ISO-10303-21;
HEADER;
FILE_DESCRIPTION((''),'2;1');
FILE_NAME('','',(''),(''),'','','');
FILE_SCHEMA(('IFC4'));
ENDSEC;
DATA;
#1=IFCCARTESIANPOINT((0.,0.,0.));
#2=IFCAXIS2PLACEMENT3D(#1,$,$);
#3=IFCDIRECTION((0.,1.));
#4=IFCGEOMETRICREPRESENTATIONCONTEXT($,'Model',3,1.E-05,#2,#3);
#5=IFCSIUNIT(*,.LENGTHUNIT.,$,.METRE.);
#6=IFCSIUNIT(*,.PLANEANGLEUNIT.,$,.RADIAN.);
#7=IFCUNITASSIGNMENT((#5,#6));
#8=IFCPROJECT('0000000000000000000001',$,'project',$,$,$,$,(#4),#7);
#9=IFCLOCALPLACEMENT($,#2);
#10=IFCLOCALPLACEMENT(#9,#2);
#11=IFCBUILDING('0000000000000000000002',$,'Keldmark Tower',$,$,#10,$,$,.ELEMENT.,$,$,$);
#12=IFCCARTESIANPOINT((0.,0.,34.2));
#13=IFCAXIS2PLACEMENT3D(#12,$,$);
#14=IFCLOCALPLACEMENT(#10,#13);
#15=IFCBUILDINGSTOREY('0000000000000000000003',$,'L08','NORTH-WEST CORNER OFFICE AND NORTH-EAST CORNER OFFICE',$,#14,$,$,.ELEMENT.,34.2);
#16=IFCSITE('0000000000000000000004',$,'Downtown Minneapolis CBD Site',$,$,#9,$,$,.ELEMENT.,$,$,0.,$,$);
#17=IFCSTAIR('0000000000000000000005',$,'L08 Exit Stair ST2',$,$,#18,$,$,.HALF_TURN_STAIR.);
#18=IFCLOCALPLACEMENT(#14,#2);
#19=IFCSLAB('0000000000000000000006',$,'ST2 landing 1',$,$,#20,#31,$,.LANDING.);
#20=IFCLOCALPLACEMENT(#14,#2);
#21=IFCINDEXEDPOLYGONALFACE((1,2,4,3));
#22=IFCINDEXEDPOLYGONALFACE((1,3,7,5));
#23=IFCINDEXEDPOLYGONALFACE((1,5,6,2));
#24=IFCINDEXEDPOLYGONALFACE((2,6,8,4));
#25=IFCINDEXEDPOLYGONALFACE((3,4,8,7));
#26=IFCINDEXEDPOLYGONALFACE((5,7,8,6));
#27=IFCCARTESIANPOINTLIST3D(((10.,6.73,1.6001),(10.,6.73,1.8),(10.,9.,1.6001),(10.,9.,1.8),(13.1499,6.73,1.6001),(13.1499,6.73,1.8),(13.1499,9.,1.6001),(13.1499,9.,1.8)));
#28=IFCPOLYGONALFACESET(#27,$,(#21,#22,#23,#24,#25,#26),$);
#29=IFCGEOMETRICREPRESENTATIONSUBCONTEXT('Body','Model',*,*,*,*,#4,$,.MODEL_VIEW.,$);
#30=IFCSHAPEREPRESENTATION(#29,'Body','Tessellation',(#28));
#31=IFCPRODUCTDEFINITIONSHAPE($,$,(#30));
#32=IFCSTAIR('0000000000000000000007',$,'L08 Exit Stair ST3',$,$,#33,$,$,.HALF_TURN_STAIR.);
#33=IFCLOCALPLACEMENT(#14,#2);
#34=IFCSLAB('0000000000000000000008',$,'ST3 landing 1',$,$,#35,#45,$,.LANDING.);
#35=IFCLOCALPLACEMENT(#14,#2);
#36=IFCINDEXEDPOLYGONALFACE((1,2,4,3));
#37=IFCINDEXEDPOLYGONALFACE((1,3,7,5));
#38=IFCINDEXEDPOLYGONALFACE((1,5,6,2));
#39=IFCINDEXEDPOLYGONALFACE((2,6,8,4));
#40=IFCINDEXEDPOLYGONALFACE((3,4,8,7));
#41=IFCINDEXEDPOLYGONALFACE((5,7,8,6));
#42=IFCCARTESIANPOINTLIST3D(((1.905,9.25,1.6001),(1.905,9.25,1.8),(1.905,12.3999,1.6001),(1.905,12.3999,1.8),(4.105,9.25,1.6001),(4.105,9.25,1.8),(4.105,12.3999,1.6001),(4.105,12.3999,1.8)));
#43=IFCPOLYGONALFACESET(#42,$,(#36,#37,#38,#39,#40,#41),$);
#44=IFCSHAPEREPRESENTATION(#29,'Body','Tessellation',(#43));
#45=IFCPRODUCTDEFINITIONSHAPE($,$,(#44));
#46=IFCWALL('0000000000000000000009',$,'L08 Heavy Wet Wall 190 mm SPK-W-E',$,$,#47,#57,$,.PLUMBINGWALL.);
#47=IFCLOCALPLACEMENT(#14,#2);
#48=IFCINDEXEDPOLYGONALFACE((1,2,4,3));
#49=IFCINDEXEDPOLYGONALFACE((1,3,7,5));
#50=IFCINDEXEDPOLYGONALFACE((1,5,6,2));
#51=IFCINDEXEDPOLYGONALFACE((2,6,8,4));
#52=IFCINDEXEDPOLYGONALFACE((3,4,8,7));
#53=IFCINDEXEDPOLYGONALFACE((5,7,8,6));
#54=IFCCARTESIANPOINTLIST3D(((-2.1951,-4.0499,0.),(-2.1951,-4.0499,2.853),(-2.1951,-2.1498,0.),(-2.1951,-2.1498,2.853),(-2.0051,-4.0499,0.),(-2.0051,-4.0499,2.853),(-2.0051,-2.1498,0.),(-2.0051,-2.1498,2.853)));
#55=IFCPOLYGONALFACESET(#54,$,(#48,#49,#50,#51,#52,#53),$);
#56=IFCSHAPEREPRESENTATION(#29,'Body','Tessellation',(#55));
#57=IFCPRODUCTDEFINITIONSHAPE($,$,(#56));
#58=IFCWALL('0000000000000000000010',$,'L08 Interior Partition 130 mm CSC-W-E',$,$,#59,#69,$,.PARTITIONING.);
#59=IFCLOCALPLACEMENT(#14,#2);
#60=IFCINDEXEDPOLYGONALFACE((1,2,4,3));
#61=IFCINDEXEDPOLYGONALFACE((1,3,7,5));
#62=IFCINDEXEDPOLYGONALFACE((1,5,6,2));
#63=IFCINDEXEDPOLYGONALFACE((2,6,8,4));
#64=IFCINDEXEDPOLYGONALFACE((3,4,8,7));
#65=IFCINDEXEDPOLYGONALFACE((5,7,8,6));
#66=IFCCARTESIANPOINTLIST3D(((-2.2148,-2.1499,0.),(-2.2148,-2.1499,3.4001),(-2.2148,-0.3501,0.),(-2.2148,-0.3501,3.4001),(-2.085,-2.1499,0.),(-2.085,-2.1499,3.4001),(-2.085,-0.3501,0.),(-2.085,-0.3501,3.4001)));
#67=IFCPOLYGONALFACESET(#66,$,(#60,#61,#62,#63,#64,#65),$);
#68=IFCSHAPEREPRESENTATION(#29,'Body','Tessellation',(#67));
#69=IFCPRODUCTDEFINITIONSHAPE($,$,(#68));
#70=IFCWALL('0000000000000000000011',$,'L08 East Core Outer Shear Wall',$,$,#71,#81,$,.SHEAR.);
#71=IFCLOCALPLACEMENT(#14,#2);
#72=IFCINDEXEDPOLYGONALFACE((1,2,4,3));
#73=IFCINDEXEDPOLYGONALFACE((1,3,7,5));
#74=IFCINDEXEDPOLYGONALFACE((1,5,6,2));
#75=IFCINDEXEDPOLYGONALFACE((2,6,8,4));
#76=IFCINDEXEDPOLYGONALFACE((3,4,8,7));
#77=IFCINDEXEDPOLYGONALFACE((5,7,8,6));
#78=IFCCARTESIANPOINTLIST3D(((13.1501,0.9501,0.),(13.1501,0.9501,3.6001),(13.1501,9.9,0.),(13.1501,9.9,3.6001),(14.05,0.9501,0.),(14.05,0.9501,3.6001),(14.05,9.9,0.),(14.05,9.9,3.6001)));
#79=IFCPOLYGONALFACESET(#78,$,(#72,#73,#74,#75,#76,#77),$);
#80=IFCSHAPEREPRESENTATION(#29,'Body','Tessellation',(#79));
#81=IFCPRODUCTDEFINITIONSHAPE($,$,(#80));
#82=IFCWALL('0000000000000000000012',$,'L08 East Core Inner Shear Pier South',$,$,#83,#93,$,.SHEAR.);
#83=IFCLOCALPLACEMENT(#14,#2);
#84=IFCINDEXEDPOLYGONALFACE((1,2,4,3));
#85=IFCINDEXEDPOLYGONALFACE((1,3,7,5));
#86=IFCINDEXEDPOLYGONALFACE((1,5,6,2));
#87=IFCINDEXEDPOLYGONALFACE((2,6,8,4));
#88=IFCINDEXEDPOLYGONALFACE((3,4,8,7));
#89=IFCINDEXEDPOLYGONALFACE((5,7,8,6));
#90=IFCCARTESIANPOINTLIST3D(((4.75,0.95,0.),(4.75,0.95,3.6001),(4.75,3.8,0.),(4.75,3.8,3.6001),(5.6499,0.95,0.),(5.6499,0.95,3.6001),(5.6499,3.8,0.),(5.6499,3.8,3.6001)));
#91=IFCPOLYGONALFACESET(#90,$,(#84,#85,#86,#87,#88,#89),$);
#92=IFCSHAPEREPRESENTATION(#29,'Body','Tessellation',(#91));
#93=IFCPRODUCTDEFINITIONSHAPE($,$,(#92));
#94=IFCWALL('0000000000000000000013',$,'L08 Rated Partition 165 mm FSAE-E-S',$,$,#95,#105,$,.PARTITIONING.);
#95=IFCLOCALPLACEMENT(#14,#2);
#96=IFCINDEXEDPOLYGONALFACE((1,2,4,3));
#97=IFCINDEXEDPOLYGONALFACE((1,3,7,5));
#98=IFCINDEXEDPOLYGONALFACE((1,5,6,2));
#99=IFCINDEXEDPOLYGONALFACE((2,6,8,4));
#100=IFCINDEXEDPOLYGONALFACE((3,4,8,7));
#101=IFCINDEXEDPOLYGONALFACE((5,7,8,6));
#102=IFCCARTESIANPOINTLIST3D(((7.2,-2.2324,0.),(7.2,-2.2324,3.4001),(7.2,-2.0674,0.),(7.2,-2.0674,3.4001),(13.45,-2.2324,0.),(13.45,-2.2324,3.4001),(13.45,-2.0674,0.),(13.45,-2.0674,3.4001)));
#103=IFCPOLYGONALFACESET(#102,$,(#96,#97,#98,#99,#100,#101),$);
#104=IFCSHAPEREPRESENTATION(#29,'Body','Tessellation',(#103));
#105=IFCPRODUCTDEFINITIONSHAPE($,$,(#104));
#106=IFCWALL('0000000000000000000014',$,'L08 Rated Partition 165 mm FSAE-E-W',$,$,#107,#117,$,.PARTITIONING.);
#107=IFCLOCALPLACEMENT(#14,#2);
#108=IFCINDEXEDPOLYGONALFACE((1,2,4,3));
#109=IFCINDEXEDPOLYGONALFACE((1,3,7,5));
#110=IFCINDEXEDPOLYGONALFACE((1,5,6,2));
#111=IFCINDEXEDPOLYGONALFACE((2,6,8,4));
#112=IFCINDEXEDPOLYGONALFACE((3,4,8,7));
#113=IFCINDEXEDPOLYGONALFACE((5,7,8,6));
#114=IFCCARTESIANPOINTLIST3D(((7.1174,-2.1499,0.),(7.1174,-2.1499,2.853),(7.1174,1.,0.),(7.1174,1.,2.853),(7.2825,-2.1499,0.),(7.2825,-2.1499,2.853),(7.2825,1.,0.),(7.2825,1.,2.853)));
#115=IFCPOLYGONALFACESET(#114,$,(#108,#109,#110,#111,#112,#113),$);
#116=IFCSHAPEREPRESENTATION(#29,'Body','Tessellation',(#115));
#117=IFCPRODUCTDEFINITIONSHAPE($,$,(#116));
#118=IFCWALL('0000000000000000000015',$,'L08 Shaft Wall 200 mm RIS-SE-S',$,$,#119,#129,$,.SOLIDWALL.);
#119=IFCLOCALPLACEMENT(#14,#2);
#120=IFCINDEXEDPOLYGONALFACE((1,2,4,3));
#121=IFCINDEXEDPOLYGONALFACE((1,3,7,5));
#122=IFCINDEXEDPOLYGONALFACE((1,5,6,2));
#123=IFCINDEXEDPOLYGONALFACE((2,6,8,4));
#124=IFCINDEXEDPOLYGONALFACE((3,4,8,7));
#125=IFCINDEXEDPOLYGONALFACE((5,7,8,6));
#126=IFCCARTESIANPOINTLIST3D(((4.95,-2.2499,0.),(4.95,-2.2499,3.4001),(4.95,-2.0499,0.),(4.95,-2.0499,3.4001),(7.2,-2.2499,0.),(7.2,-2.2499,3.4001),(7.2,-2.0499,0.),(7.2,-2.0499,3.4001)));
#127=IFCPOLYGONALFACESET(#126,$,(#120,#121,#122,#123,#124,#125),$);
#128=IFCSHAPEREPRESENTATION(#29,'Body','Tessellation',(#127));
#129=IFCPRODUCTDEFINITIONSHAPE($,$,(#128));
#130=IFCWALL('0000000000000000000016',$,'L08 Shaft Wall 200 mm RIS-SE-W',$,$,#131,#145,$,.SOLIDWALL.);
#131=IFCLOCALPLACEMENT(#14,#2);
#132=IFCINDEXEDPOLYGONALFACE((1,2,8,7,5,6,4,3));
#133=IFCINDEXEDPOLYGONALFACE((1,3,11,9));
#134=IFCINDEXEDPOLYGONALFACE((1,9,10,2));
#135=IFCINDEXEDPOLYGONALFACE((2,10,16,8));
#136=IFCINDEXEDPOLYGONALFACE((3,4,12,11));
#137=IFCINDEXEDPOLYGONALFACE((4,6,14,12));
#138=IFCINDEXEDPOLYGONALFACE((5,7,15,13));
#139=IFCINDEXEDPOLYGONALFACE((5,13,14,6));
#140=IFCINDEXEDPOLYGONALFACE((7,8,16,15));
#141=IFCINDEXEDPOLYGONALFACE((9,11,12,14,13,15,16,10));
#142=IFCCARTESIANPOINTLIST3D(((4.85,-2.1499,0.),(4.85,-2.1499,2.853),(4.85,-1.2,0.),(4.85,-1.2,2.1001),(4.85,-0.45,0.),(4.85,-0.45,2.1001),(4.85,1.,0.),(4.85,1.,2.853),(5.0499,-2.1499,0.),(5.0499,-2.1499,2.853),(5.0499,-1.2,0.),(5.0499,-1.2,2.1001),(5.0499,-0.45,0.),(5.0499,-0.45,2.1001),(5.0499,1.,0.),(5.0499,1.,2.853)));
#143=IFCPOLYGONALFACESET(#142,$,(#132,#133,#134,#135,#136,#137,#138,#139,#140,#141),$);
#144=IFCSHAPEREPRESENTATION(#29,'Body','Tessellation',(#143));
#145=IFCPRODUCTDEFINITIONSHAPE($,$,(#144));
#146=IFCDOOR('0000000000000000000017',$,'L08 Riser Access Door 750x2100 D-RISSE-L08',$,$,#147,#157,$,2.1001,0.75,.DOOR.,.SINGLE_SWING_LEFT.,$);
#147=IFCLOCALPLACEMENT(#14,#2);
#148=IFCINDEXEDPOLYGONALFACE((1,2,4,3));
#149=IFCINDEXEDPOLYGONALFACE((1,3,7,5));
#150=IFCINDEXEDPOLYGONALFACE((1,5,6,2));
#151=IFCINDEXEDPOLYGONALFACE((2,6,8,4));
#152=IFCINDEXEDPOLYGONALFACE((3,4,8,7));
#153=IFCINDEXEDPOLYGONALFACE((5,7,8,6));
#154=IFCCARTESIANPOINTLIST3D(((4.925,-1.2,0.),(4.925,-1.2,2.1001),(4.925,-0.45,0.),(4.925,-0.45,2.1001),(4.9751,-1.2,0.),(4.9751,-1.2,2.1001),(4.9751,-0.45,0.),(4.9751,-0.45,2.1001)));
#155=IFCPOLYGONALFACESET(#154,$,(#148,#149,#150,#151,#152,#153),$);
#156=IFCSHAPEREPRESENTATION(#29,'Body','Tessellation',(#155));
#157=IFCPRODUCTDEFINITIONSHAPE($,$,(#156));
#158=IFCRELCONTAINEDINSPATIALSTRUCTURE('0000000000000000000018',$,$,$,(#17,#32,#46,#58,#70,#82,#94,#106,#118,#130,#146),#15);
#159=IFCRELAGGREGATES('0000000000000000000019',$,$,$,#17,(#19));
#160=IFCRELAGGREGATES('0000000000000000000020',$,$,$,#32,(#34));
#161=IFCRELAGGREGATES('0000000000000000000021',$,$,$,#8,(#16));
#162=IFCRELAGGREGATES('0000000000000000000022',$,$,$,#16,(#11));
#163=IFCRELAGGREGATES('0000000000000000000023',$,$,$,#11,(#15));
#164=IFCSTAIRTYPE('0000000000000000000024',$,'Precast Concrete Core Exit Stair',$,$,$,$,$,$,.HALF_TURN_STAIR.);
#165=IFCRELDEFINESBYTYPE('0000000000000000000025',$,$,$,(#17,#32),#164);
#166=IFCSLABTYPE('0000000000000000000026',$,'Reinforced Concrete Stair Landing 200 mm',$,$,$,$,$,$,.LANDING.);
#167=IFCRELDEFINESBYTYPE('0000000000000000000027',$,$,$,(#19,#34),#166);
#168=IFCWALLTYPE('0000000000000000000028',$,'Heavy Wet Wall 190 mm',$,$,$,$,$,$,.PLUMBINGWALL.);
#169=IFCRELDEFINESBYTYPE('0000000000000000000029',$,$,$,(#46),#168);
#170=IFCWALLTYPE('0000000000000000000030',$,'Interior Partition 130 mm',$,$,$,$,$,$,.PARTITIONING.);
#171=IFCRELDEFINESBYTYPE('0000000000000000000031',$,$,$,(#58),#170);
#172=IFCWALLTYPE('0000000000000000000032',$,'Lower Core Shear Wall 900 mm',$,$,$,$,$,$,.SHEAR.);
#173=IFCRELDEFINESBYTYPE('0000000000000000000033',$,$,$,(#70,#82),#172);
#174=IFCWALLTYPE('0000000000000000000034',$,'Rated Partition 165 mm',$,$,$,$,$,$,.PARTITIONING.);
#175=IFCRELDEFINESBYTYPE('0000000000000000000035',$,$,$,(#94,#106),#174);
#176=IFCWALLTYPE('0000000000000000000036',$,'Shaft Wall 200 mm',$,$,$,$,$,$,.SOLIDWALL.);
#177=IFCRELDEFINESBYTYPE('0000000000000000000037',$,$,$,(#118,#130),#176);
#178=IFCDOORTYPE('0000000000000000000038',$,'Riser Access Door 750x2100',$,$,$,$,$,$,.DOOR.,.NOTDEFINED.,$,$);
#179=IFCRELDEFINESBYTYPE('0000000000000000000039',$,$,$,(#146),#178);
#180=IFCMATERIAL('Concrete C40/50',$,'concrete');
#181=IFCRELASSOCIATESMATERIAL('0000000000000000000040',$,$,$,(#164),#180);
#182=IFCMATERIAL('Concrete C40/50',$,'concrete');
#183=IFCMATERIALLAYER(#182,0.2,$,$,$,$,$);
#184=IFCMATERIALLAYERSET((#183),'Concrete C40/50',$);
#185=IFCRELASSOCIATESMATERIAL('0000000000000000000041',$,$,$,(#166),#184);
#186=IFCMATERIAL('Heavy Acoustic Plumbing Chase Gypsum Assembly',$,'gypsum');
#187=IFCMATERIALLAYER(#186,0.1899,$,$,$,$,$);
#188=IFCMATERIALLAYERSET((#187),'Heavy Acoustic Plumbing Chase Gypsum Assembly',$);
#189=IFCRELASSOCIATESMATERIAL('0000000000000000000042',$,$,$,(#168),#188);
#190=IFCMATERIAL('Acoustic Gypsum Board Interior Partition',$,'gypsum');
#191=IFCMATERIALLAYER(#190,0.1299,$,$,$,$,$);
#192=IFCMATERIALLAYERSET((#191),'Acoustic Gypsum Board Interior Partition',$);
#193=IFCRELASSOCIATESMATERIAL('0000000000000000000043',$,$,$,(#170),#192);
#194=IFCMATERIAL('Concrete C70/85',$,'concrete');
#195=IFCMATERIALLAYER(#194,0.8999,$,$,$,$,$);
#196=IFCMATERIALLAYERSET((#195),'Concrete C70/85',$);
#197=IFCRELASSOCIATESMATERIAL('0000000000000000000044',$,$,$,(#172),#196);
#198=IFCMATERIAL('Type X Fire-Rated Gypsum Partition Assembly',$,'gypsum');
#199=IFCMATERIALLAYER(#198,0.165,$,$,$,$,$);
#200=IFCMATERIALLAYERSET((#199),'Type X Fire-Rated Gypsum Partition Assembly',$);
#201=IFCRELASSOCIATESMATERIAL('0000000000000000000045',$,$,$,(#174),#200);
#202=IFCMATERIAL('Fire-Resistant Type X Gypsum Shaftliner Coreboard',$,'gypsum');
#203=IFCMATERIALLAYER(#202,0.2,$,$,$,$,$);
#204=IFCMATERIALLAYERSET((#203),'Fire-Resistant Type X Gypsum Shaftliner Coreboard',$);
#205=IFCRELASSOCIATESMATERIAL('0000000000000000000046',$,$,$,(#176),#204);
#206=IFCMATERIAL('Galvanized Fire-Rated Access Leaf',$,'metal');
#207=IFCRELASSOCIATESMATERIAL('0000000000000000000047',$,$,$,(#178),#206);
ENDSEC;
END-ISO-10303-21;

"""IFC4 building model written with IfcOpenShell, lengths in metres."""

from ifc_helpers import new_model, si_unit, direction, frame, frame_2d, origin, place, context, subcontext, project, spatial, polyline, rectangle, outline, extrude, material, layer, layer_set, type_object, element, fill, aggregate, save


model = new_model("IFC4")

# Units and contexts
model_context = context("Model", 3, precision=1e-05, world=origin(), true_north=direction((0.0, 1.0)))
body_context = subcontext(model_context, "Body", "Model", "MODEL_VIEW")
ifc_project = project(units=[si_unit("LENGTHUNIT", "METRE"), si_unit("PLANEANGLEUNIT", "RADIAN")], contexts=[model_context])

# Site, building, storey
site_placement = place(None, origin())
site = spatial("IfcSite", under=ifc_project, at=site_placement, Name="Downtown Minneapolis CBD Site", CompositionType="ELEMENT", RefElevation=0.0)
building_placement = place(site_placement, origin())
building = spatial("IfcBuilding", under=site, at=building_placement, Name="Keldmark Tower", CompositionType="ELEMENT")
storey_placement = place(building_placement, frame((0.0, 0.0, 34.2)))
storey = spatial("IfcBuildingStorey", under=building, at=storey_placement, Name="L08", Description="NORTH-WEST CORNER OFFICE AND NORTH-EAST CORNER OFFICE", CompositionType="ELEMENT", Elevation=34.2)

# Stairs, slabs
ifc_material_1 = material(Name="Concrete C40/50", Category="concrete")
stair_type = type_object("IfcStairType", Name="Precast Concrete Core Exit Stair", PredefinedType="HALF_TURN_STAIR", material=ifc_material_1)
ifc_material_2 = material(Name="Concrete C40/50", Category="concrete")
ifc_layer_1 = layer(ifc_material_2, 0.2)
ifc_layer_set_1 = layer_set([ifc_layer_1], Name="Concrete C40/50")
slab_type_1 = type_object("IfcSlabType", Name="Reinforced Concrete Stair Landing 200 mm", PredefinedType="LANDING", material=ifc_layer_set_1)
stair_1_placement = place(storey_placement, origin())
stair_1 = element("IfcStair", 1, at=stair_1_placement, inside=storey, type_object=stair_type, Name="L08 Exit Stair ST2", PredefinedType="HALF_TURN_STAIR")
slab_1_placement = place(storey_placement, frame((0.0, 0.0, 1.6001)))
slab_1 = element("IfcSlab", 2, at=slab_1_placement, type_object=slab_type_1, Name="ST2 landing 1", PredefinedType="LANDING", context=body_context, shape_type="SweptSolid", body=[
    extrude(outline(polyline([(13.1499, 6.73), (13.1499, 9.0), (10.0, 9.0), (10.0, 6.73), (13.1499, 6.73)])), origin(), (0.0, 0.0, 1.0), 0.2),
])
aggregate(stair_1, [slab_1])
stair_2_placement = place(storey_placement, origin())
stair_2 = element("IfcStair", 3, at=stair_2_placement, inside=storey, type_object=stair_type, Name="L08 Exit Stair ST3", PredefinedType="HALF_TURN_STAIR")
slab_2_placement = place(storey_placement, frame((0.0, 0.0, 1.6001)))
slab_2 = element("IfcSlab", 4, at=slab_2_placement, type_object=slab_type_1, Name="ST3 landing 1", PredefinedType="LANDING", context=body_context, shape_type="SweptSolid", body=[
    extrude(outline(polyline([(1.905, 9.25), (4.105, 9.25), (4.105, 12.3999), (1.905, 12.3999), (1.905, 9.25)])), origin(), (0.0, 0.0, 1.0), 0.2),
])
aggregate(stair_2, [slab_2])

# Walls
ifc_material_3 = material(Name="Heavy Acoustic Plumbing Chase Gypsum Assembly", Category="gypsum")
ifc_layer_2 = layer(ifc_material_3, 0.1899)
ifc_layer_set_2 = layer_set([ifc_layer_2], Name="Heavy Acoustic Plumbing Chase Gypsum Assembly")
wall_type_1 = type_object("IfcWallType", Name="Heavy Wet Wall 190 mm", PredefinedType="PLUMBINGWALL", material=ifc_layer_set_2)
wall_1_placement = place(storey_placement, frame((-2.1001, -4.05, 0.0), z_axis=(0.0, 0.0, 1.0), x_axis=(0.0, 1.0, 0.0)))
element("IfcWall", 5, at=wall_1_placement, inside=storey, type_object=wall_type_1, Name="L08 Heavy Wet Wall 190 mm SPK-W-E", PredefinedType="PLUMBINGWALL", context=body_context, shape_type="SweptSolid", body=[
    extrude(rectangle(XDim=1.9001, YDim=0.1899, at=frame_2d((0.9502, 0.0))), origin(), (0.0, 0.0, 1.0), 2.853),
])
ifc_material_4 = material(Name="Acoustic Gypsum Board Interior Partition", Category="gypsum")
ifc_layer_3 = layer(ifc_material_4, 0.1299)
ifc_layer_set_3 = layer_set([ifc_layer_3], Name="Acoustic Gypsum Board Interior Partition")
wall_type_2 = type_object("IfcWallType", Name="Interior Partition 130 mm", PredefinedType="PARTITIONING", material=ifc_layer_set_3)
wall_2_placement = place(storey_placement, frame((-2.1499, -2.1499, 0.0), z_axis=(0.0, 0.0, 1.0), x_axis=(0.0, 1.0, 0.0)))
element("IfcWall", 6, at=wall_2_placement, inside=storey, type_object=wall_type_2, Name="L08 Interior Partition 130 mm CSC-W-E", PredefinedType="PARTITIONING", context=body_context, shape_type="SweptSolid", body=[
    extrude(rectangle(XDim=1.7998, YDim=0.1299, at=frame_2d((0.8999, 0.0))), origin(), (0.0, 0.0, 1.0), 3.4001),
])
ifc_material_5 = material(Name="Concrete C70/85", Category="concrete")
ifc_layer_4 = layer(ifc_material_5, 0.8999)
ifc_layer_set_4 = layer_set([ifc_layer_4], Name="Concrete C70/85")
wall_type_3 = type_object("IfcWallType", Name="Lower Core Shear Wall 900 mm", PredefinedType="SHEAR", material=ifc_layer_set_4)
wall_3_placement = place(storey_placement, frame((13.6001, 0.95, 0.0), z_axis=(0.0, 0.0, 1.0), x_axis=(0.0, 1.0, 0.0)))
element("IfcWall", 7, at=wall_3_placement, inside=storey, type_object=wall_type_3, Name="L08 East Core Outer Shear Wall", PredefinedType="SHEAR", context=body_context, shape_type="SweptSolid", body=[
    extrude(rectangle(XDim=8.95, YDim=0.8999, at=frame_2d((4.4751, 0.0))), origin(), (0.0, 0.0, 1.0), 3.6001),
])
wall_4_placement = place(storey_placement, frame((5.2, 0.95, 0.0), z_axis=(0.0, 0.0, 1.0), x_axis=(0.0, 1.0, 0.0)))
element("IfcWall", 8, at=wall_4_placement, inside=storey, type_object=wall_type_3, Name="L08 East Core Inner Shear Pier South", PredefinedType="SHEAR", context=body_context, shape_type="SweptSolid", body=[
    extrude(rectangle(XDim=2.8501, YDim=0.8999, at=frame_2d((1.425, 0.0))), origin(), (0.0, 0.0, 1.0), 3.6001),
])
ifc_material_6 = material(Name="Type X Fire-Rated Gypsum Partition Assembly", Category="gypsum")
ifc_layer_5 = layer(ifc_material_6, 0.165)
ifc_layer_set_5 = layer_set([ifc_layer_5], Name="Type X Fire-Rated Gypsum Partition Assembly")
wall_type_4 = type_object("IfcWallType", Name="Rated Partition 165 mm", PredefinedType="PARTITIONING", material=ifc_layer_set_5)
wall_5_placement = place(storey_placement, frame((7.2, -2.1499, 0.0), z_axis=(0.0, 0.0, 1.0), x_axis=(1.0, 0.0, 0.0)))
element("IfcWall", 9, at=wall_5_placement, inside=storey, type_object=wall_type_4, Name="L08 Rated Partition 165 mm FSAE-E-S", PredefinedType="PARTITIONING", context=body_context, shape_type="SweptSolid", body=[
    extrude(rectangle(XDim=6.25, YDim=0.165, at=frame_2d((3.125, 0.0))), origin(), (0.0, 0.0, 1.0), 3.4001),
])
wall_6_placement = place(storey_placement, frame((7.2, -2.1499, 0.0), z_axis=(0.0, 0.0, 1.0), x_axis=(0.0, 1.0, 0.0)))
element("IfcWall", 10, at=wall_6_placement, inside=storey, type_object=wall_type_4, Name="L08 Rated Partition 165 mm FSAE-E-W", PredefinedType="PARTITIONING", context=body_context, shape_type="SweptSolid", body=[
    extrude(rectangle(XDim=3.1499, YDim=0.165, at=frame_2d((1.575, 0.0))), origin(), (0.0, 0.0, 1.0), 2.853),
])

# Wall
ifc_material_7 = material(Name="Fire-Resistant Type X Gypsum Shaftliner Coreboard", Category="gypsum")
ifc_layer_6 = layer(ifc_material_7, 0.2)
ifc_layer_set_6 = layer_set([ifc_layer_6], Name="Fire-Resistant Type X Gypsum Shaftliner Coreboard")
wall_type_5 = type_object("IfcWallType", Name="Shaft Wall 200 mm", PredefinedType="SOLIDWALL", material=ifc_layer_set_6)
wall_7_placement = place(storey_placement, frame((4.95, -2.1499, 0.0), z_axis=(0.0, 0.0, 1.0), x_axis=(1.0, 0.0, 0.0)))
element("IfcWall", 11, at=wall_7_placement, inside=storey, type_object=wall_type_5, Name="L08 Shaft Wall 200 mm RIS-SE-S", PredefinedType="SOLIDWALL", context=body_context, shape_type="SweptSolid", body=[
    extrude(rectangle(XDim=2.25, YDim=0.2, at=frame_2d((1.125, 0.0))), origin(), (0.0, 0.0, 1.0), 3.4001),
])

# Wall, opening, door
wall_8_placement = place(storey_placement, frame((4.95, -2.1499, 0.0), z_axis=(0.0, 0.0, 1.0), x_axis=(0.0, 1.0, 0.0)))
wall_8 = element("IfcWall", 12, at=wall_8_placement, inside=storey, type_object=wall_type_5, Name="L08 Shaft Wall 200 mm RIS-SE-W", PredefinedType="SOLIDWALL", context=body_context, shape_type="SweptSolid", body=[
    extrude(rectangle(XDim=3.1499, YDim=0.2, at=frame_2d((1.575, 0.0))), origin(), (0.0, 0.0, 1.0), 2.853),
])
opening_1_placement = place(wall_8_placement, frame((0.95, 0.0, 0.0)))
opening_1 = element("IfcOpeningElement", 13, at=opening_1_placement, cuts=wall_8, PredefinedType="OPENING", context=body_context, shape_type="SweptSolid", body=[
    extrude(rectangle(XDim=0.75, YDim=2.1001, at=frame_2d((0.375, 1.05))), frame((0.0, 0.1099, 0.0), z_axis=(0.0, -1.0, 0.0), x_axis=(1.0, 0.0, 0.0)), (0.0, 0.0, 1.0), 0.22),
])
ifc_material_8 = material(Name="Galvanized Fire-Rated Access Leaf", Category="metal")
door_type_1 = type_object("IfcDoorType", Name="Riser Access Door 750x2100", OperationType="NOTDEFINED", PredefinedType="DOOR", material=ifc_material_8)
door_1_placement = place(opening_1_placement, origin())
door_1 = element("IfcDoor", 14, at=door_1_placement, inside=storey, type_object=door_type_1, Name="L08 Riser Access Door 750x2100 D-RISSE-L08", OperationType="SINGLE_SWING_LEFT", OverallHeight=2.1001, OverallWidth=0.75, PredefinedType="DOOR", context=body_context, shape_type="SweptSolid", body=[
    extrude(rectangle(XDim=0.75, YDim=2.1001, at=frame_2d((0.375, 1.05))), frame((0.0, 0.0249, 0.0), z_axis=(0.0, -1.0, 0.0), x_axis=(1.0, 0.0, 0.0)), (0.0, 0.0, 1.0), 0.05),
])
fill(opening_1, door_1)

save(model, "model.ifc")
